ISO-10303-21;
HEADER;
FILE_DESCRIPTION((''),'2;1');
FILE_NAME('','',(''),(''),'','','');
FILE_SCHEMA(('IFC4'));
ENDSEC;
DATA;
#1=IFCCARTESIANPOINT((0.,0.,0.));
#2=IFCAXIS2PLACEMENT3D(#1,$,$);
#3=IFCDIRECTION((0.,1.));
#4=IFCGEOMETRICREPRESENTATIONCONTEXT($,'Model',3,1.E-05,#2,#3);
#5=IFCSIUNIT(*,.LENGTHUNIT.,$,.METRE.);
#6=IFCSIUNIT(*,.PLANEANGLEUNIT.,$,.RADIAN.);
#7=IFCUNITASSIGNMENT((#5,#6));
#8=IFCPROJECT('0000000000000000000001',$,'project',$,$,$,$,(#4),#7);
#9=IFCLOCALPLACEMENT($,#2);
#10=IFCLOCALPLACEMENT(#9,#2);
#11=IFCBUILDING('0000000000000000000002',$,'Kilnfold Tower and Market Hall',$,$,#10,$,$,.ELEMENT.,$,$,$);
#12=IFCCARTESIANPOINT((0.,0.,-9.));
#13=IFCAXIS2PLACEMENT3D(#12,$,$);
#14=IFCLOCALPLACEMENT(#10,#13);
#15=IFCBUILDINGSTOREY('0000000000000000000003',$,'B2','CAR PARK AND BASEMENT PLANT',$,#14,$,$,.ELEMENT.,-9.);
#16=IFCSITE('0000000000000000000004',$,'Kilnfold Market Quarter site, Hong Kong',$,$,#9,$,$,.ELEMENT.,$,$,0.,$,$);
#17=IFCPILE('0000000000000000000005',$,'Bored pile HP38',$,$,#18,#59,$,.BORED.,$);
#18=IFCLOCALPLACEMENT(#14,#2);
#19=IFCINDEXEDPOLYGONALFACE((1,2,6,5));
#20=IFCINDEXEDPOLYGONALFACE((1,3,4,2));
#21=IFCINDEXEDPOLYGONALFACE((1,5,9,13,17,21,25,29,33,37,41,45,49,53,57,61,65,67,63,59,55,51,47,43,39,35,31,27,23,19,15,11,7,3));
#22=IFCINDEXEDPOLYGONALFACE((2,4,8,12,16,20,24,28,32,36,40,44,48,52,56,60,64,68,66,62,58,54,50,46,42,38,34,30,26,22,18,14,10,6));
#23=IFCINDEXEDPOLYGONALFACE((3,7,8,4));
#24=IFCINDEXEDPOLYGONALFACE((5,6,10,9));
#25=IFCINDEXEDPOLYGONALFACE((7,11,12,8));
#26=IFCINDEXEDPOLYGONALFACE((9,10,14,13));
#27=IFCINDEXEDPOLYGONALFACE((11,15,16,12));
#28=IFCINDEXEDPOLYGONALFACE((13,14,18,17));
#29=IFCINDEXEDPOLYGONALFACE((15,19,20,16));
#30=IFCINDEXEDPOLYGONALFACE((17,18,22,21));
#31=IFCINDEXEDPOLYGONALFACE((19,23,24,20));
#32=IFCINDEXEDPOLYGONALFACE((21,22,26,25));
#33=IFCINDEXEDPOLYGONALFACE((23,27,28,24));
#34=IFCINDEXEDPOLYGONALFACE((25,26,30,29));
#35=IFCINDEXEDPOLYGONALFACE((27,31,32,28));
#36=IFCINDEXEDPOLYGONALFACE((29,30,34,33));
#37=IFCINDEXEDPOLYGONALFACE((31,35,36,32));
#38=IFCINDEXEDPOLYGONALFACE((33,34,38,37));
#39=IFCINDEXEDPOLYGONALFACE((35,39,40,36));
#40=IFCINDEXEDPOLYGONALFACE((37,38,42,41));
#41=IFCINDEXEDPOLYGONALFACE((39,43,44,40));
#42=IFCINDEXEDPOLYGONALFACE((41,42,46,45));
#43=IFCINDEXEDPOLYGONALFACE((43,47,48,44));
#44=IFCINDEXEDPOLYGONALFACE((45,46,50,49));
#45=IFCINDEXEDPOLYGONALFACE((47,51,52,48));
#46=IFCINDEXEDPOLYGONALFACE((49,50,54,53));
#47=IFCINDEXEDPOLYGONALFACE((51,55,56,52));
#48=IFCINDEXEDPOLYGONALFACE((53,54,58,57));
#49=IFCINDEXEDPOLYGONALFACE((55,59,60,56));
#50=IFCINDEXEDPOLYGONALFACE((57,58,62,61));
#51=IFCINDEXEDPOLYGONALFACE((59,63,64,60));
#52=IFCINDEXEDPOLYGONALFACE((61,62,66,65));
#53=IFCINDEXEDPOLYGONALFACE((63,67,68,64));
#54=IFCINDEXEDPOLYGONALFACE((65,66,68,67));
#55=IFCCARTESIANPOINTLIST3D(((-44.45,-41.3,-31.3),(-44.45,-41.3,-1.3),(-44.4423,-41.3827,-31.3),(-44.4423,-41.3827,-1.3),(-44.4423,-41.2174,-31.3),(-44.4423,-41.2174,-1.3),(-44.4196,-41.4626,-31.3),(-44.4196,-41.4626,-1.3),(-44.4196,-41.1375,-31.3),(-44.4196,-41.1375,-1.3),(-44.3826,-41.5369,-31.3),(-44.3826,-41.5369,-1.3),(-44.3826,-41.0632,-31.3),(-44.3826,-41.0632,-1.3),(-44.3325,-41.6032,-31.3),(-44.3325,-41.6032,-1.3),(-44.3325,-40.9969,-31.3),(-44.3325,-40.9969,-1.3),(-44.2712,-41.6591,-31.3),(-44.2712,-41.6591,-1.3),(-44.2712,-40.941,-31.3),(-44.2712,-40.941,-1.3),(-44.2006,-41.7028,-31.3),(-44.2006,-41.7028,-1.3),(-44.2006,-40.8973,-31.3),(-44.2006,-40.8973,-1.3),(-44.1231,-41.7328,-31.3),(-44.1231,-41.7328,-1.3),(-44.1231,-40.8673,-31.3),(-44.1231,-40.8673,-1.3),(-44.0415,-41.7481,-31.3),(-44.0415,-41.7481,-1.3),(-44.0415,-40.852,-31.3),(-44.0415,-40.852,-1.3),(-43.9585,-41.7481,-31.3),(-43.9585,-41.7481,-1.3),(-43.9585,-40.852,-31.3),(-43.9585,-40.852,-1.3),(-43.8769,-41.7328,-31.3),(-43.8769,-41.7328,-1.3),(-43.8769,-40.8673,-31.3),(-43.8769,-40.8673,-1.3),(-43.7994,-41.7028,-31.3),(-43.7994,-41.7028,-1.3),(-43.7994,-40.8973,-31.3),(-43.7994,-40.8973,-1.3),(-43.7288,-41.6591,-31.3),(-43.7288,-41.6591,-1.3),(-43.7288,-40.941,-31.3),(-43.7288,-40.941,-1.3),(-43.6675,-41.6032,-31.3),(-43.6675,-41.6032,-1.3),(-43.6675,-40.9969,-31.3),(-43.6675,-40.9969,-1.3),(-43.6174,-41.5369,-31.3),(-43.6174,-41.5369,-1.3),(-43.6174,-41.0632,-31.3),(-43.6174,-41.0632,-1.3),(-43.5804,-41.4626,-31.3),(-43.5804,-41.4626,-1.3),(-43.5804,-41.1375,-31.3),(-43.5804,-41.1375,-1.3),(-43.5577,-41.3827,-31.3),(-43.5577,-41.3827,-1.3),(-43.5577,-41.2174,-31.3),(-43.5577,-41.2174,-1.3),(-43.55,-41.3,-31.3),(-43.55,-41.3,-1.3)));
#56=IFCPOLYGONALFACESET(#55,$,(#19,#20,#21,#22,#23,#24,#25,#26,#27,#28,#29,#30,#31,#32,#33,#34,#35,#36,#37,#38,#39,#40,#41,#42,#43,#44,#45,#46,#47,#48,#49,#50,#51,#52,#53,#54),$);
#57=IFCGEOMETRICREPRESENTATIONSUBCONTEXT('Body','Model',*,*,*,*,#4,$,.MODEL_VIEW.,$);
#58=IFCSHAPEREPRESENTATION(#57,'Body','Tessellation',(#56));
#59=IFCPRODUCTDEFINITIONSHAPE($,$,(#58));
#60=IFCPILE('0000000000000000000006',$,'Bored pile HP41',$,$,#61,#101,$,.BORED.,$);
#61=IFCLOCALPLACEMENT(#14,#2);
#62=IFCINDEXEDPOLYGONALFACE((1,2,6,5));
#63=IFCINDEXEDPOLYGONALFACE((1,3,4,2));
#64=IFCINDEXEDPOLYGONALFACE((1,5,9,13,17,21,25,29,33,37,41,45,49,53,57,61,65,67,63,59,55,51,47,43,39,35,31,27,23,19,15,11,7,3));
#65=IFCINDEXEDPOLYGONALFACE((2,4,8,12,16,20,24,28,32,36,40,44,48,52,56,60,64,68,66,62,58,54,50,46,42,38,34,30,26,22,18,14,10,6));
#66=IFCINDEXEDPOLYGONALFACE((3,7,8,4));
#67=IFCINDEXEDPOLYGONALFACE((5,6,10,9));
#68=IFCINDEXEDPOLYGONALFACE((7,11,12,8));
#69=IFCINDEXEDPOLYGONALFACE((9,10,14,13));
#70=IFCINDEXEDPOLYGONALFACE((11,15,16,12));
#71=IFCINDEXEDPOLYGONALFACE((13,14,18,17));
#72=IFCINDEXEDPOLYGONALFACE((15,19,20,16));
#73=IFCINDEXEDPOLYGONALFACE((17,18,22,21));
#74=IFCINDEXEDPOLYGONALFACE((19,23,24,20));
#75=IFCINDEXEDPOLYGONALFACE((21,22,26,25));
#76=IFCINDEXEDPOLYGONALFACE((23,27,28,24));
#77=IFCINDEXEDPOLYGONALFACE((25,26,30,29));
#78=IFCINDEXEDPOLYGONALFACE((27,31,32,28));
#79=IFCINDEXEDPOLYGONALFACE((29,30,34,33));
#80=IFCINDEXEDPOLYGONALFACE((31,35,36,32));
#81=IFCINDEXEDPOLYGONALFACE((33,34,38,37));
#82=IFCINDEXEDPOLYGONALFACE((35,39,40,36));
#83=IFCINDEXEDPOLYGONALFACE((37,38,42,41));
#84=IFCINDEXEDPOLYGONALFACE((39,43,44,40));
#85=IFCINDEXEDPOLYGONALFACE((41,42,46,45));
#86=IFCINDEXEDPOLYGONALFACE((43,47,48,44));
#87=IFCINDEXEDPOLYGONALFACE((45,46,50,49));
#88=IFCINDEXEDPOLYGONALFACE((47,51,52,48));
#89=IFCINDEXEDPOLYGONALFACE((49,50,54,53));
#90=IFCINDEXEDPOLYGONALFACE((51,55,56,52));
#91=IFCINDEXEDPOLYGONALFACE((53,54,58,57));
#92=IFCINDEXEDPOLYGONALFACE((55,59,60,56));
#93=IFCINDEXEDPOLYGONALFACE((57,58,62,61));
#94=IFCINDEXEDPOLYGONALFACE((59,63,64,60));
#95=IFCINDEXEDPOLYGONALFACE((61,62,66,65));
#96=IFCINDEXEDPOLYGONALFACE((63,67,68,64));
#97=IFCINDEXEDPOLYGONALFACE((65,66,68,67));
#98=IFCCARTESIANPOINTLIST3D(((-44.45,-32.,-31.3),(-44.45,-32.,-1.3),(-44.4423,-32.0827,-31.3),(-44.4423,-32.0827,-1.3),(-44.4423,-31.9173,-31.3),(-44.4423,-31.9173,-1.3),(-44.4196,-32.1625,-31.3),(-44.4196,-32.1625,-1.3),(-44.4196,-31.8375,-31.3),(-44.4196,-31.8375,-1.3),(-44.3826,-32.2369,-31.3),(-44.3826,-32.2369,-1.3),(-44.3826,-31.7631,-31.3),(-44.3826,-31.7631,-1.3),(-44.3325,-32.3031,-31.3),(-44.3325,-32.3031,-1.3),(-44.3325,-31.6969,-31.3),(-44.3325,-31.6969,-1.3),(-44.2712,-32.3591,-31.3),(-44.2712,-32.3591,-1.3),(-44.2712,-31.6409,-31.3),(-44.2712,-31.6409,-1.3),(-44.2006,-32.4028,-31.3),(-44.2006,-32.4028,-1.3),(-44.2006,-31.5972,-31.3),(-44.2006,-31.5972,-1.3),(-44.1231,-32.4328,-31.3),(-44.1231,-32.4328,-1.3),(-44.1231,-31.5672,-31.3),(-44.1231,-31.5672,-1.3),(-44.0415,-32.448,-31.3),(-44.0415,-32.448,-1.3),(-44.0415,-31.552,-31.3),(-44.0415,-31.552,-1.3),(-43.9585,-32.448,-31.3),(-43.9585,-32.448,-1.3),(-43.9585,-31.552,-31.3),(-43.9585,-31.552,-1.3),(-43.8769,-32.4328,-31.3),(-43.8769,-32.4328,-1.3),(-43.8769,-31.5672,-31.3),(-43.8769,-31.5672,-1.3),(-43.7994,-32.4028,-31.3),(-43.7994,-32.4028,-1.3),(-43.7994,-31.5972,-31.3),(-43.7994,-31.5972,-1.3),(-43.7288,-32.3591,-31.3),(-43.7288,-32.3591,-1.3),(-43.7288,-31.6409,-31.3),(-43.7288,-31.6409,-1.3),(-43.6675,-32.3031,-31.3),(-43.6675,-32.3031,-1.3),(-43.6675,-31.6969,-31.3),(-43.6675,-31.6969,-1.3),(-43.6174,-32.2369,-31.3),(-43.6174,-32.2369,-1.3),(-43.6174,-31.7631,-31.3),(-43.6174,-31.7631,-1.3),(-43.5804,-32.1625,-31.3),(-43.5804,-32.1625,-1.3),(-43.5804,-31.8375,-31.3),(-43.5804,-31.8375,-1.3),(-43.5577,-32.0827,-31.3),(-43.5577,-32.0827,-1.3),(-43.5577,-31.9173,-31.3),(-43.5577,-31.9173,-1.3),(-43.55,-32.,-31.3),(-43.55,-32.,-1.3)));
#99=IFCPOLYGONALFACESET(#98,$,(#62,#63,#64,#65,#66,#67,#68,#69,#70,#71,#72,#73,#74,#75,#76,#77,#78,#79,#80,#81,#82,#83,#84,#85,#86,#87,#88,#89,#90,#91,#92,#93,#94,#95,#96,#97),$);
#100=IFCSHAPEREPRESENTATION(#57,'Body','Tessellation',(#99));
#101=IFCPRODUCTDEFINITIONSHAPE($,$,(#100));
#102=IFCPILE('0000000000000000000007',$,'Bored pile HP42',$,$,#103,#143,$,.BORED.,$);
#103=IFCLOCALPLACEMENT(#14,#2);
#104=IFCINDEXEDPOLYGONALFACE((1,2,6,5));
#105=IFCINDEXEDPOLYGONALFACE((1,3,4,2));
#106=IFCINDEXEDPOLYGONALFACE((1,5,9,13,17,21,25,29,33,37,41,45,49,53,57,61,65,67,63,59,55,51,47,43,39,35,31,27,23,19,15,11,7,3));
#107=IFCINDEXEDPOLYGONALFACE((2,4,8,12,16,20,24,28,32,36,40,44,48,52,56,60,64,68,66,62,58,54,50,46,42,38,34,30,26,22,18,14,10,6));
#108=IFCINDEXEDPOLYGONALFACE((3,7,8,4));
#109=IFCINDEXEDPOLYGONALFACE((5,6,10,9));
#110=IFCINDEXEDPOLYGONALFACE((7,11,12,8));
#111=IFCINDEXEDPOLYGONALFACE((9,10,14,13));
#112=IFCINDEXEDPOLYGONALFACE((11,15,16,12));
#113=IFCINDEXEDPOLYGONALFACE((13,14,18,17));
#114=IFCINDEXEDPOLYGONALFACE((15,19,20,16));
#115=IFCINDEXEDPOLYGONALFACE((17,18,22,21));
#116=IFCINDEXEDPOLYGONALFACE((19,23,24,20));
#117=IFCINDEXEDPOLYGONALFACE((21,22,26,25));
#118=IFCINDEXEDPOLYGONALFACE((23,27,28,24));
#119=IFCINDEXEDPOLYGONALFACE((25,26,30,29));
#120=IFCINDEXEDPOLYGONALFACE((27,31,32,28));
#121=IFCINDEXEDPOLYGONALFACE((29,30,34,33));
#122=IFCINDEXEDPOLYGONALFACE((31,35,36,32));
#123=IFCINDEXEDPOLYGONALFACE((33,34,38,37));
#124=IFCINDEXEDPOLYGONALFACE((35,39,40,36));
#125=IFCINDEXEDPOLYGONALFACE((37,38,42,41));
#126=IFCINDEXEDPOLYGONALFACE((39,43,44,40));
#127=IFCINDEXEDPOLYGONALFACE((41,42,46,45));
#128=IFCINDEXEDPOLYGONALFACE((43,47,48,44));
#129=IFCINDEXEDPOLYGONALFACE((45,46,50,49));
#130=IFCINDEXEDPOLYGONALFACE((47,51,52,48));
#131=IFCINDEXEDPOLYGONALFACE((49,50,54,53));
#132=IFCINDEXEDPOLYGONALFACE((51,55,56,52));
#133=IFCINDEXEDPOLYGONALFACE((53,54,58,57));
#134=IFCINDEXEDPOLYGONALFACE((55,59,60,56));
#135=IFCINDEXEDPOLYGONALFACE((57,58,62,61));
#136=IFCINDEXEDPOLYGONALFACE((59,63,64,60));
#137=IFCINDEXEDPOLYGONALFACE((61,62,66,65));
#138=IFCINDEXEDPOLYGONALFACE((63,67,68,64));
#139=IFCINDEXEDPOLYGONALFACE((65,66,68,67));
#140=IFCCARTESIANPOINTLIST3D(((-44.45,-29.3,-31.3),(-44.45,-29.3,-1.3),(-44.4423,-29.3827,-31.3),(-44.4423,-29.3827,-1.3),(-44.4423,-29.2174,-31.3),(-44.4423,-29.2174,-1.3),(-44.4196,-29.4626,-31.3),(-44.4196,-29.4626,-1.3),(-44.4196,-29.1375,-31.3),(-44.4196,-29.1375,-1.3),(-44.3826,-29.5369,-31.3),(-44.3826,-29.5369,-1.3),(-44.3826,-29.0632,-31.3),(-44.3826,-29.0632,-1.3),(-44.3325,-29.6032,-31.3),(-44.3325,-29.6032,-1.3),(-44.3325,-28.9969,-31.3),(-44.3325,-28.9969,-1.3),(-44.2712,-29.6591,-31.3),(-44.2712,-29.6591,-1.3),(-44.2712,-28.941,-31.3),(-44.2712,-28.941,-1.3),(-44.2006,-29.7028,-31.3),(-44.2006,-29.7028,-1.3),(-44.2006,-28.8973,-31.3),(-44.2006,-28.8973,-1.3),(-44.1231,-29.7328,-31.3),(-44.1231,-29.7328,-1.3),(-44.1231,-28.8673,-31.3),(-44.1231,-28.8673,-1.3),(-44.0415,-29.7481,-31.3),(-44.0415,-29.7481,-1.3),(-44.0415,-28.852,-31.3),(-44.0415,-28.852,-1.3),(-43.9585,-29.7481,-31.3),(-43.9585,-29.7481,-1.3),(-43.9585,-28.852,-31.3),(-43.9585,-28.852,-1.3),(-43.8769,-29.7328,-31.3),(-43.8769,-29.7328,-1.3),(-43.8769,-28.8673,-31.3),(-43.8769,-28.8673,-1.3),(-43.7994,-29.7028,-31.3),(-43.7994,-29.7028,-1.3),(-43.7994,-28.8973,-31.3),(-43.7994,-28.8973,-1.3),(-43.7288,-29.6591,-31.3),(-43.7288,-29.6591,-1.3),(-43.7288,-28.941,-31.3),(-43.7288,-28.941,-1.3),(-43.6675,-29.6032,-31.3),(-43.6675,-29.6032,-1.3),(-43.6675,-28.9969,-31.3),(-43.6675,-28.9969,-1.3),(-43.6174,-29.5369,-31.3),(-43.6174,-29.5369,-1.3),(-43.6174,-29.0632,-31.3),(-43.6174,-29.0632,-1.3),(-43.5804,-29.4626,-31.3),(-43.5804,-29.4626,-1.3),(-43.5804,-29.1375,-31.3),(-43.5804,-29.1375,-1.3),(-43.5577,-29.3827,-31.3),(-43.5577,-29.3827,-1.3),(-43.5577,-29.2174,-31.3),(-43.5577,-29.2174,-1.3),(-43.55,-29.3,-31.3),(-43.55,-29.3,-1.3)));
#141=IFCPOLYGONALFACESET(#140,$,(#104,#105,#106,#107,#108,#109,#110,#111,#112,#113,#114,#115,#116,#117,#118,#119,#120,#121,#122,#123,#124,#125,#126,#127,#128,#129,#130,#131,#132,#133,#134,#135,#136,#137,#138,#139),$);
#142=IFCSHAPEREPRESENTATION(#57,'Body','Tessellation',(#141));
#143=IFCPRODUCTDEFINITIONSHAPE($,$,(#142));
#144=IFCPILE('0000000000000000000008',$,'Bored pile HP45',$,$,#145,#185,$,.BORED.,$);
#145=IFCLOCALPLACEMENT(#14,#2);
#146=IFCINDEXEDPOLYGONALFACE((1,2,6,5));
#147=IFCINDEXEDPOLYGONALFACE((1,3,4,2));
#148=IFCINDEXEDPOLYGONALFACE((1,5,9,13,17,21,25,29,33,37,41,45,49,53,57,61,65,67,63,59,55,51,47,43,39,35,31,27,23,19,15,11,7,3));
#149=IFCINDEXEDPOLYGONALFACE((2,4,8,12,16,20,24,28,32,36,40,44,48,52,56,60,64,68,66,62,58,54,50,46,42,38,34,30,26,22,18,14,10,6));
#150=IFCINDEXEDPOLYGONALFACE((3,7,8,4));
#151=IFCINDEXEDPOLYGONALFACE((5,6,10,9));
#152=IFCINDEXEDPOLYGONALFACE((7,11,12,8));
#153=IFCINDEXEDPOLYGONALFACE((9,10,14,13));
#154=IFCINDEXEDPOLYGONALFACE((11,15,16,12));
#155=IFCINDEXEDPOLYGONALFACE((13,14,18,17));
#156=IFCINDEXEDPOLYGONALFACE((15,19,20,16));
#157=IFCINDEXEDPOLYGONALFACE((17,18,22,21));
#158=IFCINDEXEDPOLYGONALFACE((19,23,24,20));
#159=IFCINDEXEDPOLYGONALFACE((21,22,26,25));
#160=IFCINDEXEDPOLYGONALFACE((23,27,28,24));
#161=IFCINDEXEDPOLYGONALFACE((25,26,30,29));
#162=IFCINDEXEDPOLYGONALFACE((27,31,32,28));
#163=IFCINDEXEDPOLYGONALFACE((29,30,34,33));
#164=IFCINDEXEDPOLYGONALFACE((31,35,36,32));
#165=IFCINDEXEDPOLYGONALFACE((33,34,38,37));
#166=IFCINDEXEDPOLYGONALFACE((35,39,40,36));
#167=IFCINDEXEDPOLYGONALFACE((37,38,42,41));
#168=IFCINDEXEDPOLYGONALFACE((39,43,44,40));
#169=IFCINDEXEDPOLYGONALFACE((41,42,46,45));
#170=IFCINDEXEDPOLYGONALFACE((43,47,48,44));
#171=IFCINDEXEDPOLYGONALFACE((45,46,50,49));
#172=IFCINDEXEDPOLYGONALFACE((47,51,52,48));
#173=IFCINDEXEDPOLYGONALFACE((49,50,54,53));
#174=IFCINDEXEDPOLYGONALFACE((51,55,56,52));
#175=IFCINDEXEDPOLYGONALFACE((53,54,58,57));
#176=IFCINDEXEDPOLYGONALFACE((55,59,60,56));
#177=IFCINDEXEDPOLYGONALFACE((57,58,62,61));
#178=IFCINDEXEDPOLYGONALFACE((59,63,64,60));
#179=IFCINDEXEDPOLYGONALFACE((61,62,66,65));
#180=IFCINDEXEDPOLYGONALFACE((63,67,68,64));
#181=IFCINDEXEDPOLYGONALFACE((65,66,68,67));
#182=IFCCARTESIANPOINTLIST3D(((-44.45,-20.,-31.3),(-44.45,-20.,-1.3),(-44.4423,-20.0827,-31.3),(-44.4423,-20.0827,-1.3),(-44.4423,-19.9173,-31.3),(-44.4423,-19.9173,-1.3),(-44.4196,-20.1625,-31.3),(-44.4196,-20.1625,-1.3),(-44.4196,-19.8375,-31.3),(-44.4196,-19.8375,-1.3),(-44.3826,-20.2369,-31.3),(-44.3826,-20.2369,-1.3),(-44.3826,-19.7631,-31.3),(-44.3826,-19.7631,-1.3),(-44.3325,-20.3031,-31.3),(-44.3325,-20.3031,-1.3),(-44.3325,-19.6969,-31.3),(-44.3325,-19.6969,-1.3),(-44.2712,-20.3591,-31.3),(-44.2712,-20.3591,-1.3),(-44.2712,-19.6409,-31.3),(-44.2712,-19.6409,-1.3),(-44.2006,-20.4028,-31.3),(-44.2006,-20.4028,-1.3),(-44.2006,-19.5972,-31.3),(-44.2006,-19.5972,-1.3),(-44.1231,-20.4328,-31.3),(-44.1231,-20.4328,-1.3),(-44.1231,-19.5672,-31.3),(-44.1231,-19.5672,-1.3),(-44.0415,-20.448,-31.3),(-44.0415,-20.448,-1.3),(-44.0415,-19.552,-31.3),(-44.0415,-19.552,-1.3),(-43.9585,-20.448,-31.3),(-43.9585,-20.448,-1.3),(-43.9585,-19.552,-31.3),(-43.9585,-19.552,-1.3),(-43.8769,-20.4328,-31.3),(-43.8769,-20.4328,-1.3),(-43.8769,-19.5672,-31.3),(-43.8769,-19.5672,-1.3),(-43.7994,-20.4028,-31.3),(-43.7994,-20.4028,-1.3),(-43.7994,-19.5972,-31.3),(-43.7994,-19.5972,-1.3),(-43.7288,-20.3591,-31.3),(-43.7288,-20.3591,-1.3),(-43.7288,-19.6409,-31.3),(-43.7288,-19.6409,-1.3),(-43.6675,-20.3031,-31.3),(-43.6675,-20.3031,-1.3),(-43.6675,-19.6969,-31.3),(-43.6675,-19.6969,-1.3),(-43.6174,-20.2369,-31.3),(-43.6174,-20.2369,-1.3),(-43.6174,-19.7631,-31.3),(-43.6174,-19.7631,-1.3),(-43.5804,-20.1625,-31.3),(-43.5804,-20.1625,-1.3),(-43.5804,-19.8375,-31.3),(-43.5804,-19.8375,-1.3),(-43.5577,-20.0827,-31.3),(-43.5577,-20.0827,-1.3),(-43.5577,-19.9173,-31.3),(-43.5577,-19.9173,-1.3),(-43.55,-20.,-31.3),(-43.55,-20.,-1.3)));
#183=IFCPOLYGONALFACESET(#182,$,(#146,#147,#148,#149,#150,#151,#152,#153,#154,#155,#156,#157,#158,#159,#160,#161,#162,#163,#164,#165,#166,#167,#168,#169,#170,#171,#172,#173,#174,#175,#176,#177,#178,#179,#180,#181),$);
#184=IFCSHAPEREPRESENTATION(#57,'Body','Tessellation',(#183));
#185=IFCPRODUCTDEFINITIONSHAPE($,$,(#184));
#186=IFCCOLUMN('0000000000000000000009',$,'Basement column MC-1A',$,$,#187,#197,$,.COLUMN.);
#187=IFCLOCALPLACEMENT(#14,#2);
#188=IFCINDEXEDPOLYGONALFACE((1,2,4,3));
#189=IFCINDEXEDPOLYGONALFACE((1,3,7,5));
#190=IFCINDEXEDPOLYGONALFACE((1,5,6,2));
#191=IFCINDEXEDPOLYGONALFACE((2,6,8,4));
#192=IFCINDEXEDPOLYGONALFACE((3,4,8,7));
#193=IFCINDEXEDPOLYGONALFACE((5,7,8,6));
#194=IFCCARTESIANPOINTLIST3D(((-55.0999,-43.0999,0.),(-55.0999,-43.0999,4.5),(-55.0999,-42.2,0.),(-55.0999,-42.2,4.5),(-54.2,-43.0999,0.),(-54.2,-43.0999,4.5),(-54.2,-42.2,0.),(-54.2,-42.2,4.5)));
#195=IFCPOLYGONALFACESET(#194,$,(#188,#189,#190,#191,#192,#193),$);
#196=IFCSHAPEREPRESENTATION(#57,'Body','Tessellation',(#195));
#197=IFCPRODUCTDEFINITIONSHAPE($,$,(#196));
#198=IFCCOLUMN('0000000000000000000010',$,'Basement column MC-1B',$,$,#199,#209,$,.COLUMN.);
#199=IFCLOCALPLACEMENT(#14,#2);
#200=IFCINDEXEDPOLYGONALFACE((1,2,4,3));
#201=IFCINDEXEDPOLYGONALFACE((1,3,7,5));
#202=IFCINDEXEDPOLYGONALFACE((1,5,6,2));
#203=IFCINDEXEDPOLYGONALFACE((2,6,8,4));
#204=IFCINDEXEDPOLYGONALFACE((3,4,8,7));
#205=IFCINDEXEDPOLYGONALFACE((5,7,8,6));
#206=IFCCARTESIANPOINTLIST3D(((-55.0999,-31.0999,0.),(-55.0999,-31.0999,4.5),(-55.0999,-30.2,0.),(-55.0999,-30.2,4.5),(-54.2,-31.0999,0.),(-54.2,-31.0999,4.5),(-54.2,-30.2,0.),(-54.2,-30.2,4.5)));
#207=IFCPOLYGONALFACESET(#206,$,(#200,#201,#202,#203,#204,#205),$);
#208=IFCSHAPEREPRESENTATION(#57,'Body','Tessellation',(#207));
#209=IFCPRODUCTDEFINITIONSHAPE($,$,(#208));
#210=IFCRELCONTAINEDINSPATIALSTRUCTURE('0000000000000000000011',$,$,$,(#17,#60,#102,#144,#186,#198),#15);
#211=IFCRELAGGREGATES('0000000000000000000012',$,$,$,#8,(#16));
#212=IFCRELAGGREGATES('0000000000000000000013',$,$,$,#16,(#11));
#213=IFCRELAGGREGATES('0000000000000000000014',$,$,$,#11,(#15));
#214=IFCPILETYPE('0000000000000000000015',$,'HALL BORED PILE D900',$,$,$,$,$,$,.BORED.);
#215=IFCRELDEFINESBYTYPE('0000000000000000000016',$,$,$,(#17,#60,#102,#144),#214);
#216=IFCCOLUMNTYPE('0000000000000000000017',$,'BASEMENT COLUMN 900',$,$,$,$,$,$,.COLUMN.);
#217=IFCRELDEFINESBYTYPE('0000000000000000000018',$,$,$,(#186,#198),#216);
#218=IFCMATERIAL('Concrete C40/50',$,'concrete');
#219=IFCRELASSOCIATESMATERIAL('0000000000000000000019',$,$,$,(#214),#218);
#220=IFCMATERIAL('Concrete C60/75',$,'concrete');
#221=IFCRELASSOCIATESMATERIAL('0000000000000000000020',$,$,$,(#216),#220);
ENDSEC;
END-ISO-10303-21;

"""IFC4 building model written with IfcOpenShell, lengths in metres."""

from ifc_helpers import new_model, si_unit, direction, frame, origin, origin_2d, place, context, subcontext, project, spatial, rectangle, circle, extrude, source, transform, mapped, material, material_profile, profile_set, type_object, element, save


model = new_model("IFC4")

# Units and contexts
model_context = context("Model", 3, precision=1e-05, world=origin(), true_north=direction((0.0, 1.0)))
body_context = subcontext(model_context, "Body", "Model", "MODEL_VIEW")
ifc_project = project(units=[si_unit("LENGTHUNIT", "METRE"), si_unit("PLANEANGLEUNIT", "RADIAN")], contexts=[model_context])

# Site, building, storey
site_placement = place(None, origin())
site = spatial("IfcSite", under=ifc_project, at=site_placement, Name="Kilnfold Market Quarter site, Hong Kong", CompositionType="ELEMENT", RefElevation=0.0)
building_placement = place(site_placement, origin())
building = spatial("IfcBuilding", under=site, at=building_placement, Name="Kilnfold Tower and Market Hall", CompositionType="ELEMENT")
storey_placement = place(building_placement, frame((0.0, 0.0, -9.0)))
storey = spatial("IfcBuildingStorey", under=building, at=storey_placement, Name="B2", Description="CAR PARK AND BASEMENT PLANT", CompositionType="ELEMENT", Elevation=-9.0)

# Piles
ifc_material_1 = material(Name="Concrete C40/50", Category="concrete")
ifc_material_profile_1 = material_profile(ifc_material_1, circle(Radius=0.45, at=origin_2d()), Name="D900")
ifc_profile_set_1 = profile_set([ifc_material_profile_1], Name="Concrete C40/50")
pile_type = type_object("IfcPileType", Name="HALL BORED PILE D900", PredefinedType="BORED", material=ifc_profile_set_1)
shared_shape_1 = source(origin(), body_context, "Body", "SweptSolid", [
    extrude(circle(Radius=0.45, at=origin_2d()), origin(), (0.0, 0.0, 1.0), 30.0),
])
for number, where, z_axis, x_axis, name in (
    (1, (-44.0, -41.3, -1.3), (0.0, 0.0, -1.0), (1.0, 0.0, 0.0), "Bored pile HP38"),
    (2, (-44.0, -32.0, -1.3), (0.0, 0.0, -1.0), (1.0, 0.0, 0.0), "Bored pile HP41"),
    (3, (-44.0, -29.3, -1.3), (0.0, 0.0, -1.0), (1.0, 0.0, 0.0), "Bored pile HP42"),
    (4, (-44.0, -20.0, -1.3), (0.0, 0.0, -1.0), (1.0, 0.0, 0.0), "Bored pile HP45"),
):
    element("IfcPile", number, at=place(storey_placement, frame(where, z_axis=z_axis, x_axis=x_axis)), inside=storey, type_object=pile_type, Name=name, PredefinedType="BORED", context=body_context, shape_type="MappedRepresentation", body=[
        mapped(shared_shape_1, transform((0.0, 0.0, 0.0))),
    ])

# Columns
ifc_material_2 = material(Name="Concrete C60/75", Category="concrete")
ifc_material_profile_2 = material_profile(ifc_material_2, rectangle(XDim=0.8999, YDim=0.8999, at=origin_2d()), Name="RC 900x900")
ifc_profile_set_2 = profile_set([ifc_material_profile_2], Name="Concrete C60/75")
column_type = type_object("IfcColumnType", Name="BASEMENT COLUMN 900", PredefinedType="COLUMN", material=ifc_profile_set_2)
shared_shape_2 = source(origin(), body_context, "Body", "SweptSolid", [
    extrude(rectangle(XDim=0.8999, YDim=0.8999, at=origin_2d()), origin(), (0.0, 0.0, 1.0), 4.5),
])
for number, where, z_axis, x_axis, name in (
    (5, (-54.6499, -42.6499, 0.0), (0.0, 0.0, 1.0), (1.0, 0.0, 0.0), "Basement column MC-1A"),
    (6, (-54.6499, -30.6499, 0.0), (0.0, 0.0, 1.0), (1.0, 0.0, 0.0), "Basement column MC-1B"),
):
    element("IfcColumn", number, at=place(storey_placement, frame(where, z_axis=z_axis, x_axis=x_axis)), inside=storey, type_object=column_type, Name=name, PredefinedType="COLUMN", context=body_context, shape_type="MappedRepresentation", body=[
        mapped(shared_shape_2, transform((0.0, 0.0, 0.0))),
    ])

save(model, "model.ifc")
